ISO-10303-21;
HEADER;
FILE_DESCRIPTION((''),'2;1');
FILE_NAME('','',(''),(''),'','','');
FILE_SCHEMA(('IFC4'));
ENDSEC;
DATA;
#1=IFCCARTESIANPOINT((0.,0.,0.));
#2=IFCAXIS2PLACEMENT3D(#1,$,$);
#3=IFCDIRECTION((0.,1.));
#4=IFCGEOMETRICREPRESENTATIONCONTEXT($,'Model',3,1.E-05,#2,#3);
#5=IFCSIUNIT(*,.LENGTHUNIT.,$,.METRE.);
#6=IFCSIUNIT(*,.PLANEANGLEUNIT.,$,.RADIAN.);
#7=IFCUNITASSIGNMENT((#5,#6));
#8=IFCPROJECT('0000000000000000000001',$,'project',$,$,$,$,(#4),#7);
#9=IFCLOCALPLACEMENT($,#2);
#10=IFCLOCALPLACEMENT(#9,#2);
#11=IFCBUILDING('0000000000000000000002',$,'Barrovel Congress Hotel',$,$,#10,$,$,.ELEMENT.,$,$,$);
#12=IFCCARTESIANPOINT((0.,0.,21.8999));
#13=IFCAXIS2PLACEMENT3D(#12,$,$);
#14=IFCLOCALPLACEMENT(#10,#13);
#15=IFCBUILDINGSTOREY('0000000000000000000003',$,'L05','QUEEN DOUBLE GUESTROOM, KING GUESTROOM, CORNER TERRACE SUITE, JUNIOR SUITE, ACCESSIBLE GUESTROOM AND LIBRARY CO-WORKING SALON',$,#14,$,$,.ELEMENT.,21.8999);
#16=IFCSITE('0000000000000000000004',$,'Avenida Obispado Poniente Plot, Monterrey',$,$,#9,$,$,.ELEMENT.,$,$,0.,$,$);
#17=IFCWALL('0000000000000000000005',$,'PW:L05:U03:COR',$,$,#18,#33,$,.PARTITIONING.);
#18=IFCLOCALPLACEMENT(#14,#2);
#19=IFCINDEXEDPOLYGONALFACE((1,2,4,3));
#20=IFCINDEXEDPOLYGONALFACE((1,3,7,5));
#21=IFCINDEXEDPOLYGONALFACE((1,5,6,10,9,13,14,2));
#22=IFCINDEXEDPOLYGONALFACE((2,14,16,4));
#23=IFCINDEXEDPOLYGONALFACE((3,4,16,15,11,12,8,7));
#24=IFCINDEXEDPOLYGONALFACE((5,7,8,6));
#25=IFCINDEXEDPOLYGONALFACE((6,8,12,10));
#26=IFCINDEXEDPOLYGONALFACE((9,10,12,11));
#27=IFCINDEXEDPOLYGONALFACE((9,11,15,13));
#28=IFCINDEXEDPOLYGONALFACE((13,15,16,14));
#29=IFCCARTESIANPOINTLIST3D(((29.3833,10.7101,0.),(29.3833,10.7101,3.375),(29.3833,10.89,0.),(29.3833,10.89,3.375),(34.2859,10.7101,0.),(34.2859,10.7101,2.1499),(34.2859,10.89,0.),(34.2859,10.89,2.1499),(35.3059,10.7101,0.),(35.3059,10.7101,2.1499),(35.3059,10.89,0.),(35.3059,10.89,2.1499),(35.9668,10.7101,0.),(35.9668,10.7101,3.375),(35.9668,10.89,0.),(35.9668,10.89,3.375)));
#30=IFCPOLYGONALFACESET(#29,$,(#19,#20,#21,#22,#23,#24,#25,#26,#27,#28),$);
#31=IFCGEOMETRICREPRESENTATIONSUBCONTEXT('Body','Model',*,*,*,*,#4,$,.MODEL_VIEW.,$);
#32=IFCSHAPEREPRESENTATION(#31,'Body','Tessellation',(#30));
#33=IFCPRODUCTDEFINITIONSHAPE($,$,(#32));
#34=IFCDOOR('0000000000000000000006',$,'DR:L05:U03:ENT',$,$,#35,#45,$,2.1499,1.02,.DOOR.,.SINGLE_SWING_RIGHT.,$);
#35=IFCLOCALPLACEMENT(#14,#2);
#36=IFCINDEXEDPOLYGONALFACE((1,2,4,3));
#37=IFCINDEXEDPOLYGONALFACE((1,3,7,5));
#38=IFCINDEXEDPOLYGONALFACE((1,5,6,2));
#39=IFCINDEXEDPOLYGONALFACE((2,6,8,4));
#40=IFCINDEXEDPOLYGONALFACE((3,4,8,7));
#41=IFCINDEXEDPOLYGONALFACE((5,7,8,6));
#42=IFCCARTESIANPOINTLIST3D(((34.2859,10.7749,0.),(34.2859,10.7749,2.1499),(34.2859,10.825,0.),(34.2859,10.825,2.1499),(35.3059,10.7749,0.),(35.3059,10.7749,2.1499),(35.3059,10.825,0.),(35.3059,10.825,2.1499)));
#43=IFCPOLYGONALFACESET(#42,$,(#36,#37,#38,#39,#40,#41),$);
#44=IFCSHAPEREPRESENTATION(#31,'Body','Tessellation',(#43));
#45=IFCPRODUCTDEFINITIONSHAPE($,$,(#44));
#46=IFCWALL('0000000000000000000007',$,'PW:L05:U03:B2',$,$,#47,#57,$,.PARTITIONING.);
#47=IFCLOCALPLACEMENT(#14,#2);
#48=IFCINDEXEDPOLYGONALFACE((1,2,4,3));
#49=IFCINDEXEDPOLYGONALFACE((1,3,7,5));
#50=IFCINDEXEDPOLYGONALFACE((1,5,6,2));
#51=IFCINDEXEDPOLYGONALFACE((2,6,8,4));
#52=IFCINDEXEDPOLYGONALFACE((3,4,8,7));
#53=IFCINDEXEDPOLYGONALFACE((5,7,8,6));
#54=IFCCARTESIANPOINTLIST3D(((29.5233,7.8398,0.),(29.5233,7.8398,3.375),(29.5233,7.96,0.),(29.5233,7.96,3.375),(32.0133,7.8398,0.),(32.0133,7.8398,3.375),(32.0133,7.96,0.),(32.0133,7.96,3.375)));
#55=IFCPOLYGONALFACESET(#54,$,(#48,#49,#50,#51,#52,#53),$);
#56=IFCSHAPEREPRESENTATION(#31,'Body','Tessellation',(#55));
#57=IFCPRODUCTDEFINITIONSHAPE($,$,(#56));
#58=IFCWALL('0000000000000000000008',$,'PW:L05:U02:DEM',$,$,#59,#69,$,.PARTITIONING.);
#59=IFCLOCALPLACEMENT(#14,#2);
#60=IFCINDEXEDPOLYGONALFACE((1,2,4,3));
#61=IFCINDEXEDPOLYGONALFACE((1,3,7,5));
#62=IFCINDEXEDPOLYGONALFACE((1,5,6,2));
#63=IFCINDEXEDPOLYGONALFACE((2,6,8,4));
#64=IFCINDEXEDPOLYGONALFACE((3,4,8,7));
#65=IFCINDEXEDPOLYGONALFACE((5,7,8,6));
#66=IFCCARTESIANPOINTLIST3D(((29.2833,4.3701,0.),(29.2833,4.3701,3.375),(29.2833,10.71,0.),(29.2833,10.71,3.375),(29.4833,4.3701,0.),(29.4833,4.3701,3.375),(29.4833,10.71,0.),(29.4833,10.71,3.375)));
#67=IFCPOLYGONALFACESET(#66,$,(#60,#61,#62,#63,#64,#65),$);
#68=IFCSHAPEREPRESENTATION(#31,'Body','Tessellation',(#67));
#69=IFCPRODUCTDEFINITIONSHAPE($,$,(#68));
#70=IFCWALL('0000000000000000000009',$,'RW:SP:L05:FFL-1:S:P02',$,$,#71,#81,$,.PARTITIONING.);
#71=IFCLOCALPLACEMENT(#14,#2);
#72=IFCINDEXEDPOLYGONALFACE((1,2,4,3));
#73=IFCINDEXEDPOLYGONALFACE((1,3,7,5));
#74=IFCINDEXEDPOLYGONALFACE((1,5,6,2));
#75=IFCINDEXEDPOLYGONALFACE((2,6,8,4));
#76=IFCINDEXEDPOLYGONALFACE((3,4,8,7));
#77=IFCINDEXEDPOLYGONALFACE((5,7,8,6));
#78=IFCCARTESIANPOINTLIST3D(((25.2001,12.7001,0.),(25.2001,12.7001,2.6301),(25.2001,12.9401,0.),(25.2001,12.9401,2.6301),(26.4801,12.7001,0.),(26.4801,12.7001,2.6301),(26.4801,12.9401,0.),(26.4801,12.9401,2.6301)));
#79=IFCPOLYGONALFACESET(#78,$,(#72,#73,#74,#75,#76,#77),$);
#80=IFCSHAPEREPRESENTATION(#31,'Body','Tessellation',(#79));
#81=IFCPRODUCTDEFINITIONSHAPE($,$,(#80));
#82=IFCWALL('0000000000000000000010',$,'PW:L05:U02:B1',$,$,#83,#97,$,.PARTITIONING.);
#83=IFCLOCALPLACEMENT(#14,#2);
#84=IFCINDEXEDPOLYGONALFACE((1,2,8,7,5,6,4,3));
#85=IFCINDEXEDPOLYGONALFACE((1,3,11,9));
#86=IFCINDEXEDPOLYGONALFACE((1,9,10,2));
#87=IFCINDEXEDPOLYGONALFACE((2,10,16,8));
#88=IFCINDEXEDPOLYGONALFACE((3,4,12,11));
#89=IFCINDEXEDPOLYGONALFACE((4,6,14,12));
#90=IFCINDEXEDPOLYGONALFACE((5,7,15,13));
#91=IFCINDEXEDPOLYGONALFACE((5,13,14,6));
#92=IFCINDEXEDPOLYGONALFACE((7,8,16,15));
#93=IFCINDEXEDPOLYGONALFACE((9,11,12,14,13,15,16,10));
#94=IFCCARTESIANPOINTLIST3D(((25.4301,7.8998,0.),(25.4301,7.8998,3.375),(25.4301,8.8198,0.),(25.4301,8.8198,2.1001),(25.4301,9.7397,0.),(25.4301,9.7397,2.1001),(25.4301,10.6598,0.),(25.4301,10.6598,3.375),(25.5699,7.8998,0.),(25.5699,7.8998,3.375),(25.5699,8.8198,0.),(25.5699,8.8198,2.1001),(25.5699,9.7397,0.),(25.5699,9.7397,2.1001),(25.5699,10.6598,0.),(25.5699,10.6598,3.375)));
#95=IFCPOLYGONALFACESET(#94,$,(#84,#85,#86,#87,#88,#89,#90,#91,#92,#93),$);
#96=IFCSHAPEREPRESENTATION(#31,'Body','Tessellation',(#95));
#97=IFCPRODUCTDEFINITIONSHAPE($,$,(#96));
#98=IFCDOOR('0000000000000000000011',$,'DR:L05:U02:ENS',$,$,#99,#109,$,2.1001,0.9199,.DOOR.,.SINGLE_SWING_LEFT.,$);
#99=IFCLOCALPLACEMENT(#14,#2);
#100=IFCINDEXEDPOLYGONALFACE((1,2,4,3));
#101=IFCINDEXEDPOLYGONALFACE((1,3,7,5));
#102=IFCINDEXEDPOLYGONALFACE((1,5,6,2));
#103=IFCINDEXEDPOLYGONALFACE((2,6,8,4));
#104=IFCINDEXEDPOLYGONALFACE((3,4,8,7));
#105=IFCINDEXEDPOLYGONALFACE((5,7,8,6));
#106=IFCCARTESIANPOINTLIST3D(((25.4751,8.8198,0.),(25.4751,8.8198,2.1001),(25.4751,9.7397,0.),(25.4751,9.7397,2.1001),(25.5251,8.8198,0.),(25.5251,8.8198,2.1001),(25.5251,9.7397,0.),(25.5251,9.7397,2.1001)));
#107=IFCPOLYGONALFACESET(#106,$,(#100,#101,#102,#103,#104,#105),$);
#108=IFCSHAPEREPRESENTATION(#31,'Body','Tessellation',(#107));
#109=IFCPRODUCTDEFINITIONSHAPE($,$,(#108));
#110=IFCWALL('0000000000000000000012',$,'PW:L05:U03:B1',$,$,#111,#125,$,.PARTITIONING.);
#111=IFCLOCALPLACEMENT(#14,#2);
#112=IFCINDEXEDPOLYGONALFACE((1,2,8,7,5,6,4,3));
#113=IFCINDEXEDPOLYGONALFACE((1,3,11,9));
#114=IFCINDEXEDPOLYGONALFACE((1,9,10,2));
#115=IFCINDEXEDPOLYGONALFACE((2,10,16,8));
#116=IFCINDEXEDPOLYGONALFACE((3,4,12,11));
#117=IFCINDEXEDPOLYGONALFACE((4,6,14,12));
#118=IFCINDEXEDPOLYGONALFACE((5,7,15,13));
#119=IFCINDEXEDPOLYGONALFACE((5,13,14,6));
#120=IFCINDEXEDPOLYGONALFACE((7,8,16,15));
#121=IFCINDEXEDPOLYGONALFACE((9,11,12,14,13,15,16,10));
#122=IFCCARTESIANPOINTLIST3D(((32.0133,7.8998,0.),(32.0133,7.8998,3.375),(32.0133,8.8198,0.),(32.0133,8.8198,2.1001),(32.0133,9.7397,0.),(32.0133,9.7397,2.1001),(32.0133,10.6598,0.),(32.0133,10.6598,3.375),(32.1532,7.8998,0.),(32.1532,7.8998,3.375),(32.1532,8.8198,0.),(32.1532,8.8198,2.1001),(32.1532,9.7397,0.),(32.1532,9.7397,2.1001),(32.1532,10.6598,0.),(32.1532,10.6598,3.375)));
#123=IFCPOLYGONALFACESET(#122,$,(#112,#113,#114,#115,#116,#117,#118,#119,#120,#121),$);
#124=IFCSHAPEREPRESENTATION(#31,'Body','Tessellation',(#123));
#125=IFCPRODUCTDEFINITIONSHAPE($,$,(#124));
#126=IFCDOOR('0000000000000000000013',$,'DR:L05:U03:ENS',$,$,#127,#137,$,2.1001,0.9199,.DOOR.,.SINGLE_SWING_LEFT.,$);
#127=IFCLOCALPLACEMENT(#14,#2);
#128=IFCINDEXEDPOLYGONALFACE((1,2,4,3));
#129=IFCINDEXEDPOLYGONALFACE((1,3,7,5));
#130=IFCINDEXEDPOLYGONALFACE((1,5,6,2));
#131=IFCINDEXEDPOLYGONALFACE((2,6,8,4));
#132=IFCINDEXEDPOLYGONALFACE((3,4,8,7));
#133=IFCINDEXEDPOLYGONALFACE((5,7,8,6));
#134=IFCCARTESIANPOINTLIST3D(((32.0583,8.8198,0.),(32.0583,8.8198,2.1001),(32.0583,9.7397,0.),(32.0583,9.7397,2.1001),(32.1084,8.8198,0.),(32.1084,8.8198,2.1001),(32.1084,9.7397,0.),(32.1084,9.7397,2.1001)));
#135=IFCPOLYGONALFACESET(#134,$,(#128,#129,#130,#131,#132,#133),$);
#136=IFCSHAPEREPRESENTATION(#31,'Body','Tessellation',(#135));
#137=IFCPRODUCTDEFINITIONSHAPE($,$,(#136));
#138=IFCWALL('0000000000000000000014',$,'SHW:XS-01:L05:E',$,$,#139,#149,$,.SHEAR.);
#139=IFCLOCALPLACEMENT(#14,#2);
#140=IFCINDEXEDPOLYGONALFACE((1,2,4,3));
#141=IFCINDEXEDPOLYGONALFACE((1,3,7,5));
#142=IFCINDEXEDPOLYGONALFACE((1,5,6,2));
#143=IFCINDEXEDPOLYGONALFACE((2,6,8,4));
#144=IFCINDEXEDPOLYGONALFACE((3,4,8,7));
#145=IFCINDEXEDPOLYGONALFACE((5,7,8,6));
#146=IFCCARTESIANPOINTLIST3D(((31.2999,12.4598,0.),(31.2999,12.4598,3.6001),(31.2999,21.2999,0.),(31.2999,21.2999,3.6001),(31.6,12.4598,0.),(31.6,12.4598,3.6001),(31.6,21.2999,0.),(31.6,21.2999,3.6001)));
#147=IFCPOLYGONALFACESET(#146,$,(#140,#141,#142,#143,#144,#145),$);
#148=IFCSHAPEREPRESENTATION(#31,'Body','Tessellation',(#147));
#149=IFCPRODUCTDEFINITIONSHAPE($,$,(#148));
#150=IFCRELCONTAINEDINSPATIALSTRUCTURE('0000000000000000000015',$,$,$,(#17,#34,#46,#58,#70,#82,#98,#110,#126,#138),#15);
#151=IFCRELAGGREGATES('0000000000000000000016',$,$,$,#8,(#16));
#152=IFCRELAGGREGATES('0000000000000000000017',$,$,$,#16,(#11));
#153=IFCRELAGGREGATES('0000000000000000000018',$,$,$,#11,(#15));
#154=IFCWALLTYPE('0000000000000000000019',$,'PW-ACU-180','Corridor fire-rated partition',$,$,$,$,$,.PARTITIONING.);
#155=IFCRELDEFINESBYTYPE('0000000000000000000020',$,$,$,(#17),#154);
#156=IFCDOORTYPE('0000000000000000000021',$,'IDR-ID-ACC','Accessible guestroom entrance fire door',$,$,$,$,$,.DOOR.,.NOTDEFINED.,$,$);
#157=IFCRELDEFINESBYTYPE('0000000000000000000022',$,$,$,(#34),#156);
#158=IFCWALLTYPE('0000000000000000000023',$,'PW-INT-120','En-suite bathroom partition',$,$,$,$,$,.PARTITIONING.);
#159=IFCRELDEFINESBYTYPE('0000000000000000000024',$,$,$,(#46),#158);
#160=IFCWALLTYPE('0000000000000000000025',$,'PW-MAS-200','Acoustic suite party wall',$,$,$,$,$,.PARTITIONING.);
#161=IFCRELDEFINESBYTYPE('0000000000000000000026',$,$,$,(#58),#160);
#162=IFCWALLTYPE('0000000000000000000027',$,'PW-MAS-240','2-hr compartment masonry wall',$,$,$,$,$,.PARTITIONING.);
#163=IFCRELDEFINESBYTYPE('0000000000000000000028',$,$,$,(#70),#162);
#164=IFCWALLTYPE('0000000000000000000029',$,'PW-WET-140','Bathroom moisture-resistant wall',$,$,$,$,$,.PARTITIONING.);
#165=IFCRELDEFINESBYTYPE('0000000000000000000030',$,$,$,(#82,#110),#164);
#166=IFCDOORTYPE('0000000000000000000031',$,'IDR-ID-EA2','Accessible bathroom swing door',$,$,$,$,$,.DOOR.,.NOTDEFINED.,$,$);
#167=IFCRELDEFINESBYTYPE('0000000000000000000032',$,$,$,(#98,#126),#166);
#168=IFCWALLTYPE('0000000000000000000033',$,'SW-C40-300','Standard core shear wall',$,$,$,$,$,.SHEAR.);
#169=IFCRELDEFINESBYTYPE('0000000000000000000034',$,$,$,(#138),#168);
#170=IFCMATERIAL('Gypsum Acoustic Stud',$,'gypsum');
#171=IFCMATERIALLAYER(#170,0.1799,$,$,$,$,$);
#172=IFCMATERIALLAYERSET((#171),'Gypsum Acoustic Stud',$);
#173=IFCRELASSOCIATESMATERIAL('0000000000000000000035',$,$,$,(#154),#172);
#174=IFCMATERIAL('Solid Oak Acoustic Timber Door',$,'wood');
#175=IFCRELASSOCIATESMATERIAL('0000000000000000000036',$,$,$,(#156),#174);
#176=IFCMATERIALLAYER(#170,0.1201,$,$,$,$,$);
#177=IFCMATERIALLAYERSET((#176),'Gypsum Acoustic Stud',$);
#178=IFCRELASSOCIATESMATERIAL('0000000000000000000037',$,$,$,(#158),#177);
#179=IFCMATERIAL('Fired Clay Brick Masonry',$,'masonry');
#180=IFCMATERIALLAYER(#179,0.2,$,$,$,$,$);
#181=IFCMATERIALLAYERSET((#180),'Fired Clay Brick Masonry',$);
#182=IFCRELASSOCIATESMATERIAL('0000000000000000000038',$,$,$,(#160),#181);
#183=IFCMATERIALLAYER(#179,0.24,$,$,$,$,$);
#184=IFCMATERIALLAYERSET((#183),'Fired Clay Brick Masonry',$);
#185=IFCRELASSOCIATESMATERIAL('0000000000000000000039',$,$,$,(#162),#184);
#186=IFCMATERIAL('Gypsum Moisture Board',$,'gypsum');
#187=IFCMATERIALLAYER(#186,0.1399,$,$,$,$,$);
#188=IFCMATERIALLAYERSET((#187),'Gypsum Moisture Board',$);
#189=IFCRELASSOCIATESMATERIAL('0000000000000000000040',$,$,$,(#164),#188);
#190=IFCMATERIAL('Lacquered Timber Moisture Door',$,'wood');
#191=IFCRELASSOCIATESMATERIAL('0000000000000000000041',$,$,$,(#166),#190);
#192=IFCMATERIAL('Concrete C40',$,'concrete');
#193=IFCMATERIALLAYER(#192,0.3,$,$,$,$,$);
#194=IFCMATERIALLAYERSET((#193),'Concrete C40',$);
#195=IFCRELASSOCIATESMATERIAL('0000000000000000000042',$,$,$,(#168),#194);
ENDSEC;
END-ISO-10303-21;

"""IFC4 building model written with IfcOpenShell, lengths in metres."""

from ifc_helpers import new_model, si_unit, direction, frame, frame_2d, origin, place, context, subcontext, project, spatial, rectangle, extrude, material, layer, layer_set, type_object, element, fill, save


model = new_model("IFC4")

# Units and contexts
model_context = context("Model", 3, precision=1e-05, world=origin(), true_north=direction((0.0, 1.0)))
body_context = subcontext(model_context, "Body", "Model", "MODEL_VIEW")
ifc_project = project(units=[si_unit("LENGTHUNIT", "METRE"), si_unit("PLANEANGLEUNIT", "RADIAN")], contexts=[model_context])

# Site, building, storey
site_placement = place(None, origin())
site = spatial("IfcSite", under=ifc_project, at=site_placement, Name="Avenida Obispado Poniente Plot, Monterrey", CompositionType="ELEMENT", RefElevation=0.0)
building_placement = place(site_placement, origin())
building = spatial("IfcBuilding", under=site, at=building_placement, Name="Barrovel Congress Hotel", CompositionType="ELEMENT")
storey_placement = place(building_placement, frame((0.0, 0.0, 21.8999)))
storey = spatial("IfcBuildingStorey", under=building, at=storey_placement, Name="L05", Description="QUEEN DOUBLE GUESTROOM, KING GUESTROOM, CORNER TERRACE SUITE, JUNIOR SUITE, ACCESSIBLE GUESTROOM AND LIBRARY CO-WORKING SALON", CompositionType="ELEMENT", Elevation=21.8999)

# Shared definitions
ifc_material_1 = material(Name="Concrete C40", Category="concrete")

# Shared definitions
ifc_material_2 = material(Name="Fired Clay Brick Masonry", Category="masonry")

# Wall, opening, door
ifc_material_3 = material(Name="Gypsum Acoustic Stud", Category="gypsum")
ifc_layer_1 = layer(ifc_material_3, 0.1799)
ifc_layer_set_1 = layer_set([ifc_layer_1], Name="Gypsum Acoustic Stud")
wall_type_1 = type_object("IfcWallType", Name="PW-ACU-180", Description="Corridor fire-rated partition", PredefinedType="PARTITIONING", material=ifc_layer_set_1)
wall_1_placement = place(storey_placement, frame((29.3833, 10.8, 0.0), z_axis=(0.0, 0.0, 1.0), x_axis=(1.0, 0.0, 0.0)))
wall_1 = element("IfcWall", 1, at=wall_1_placement, inside=storey, type_object=wall_type_1, Name="PW:L05:U03:COR", PredefinedType="PARTITIONING", context=body_context, shape_type="SweptSolid", body=[
    extrude(rectangle(XDim=6.5835, YDim=0.1799, at=frame_2d((3.2917, 0.0))), origin(), (0.0, 0.0, 1.0), 3.375),
])
opening_1_placement = place(wall_1_placement, frame((4.9026, 0.0, 0.0)))
opening_1 = element("IfcOpeningElement", 2, at=opening_1_placement, cuts=wall_1, PredefinedType="OPENING", context=body_context, shape_type="SweptSolid", body=[
    extrude(rectangle(XDim=1.02, YDim=2.1499, at=frame_2d((0.51, 1.075))), frame((0.0, 0.1001, 0.0), z_axis=(0.0, -1.0, 0.0), x_axis=(1.0, 0.0, 0.0)), (0.0, 0.0, 1.0), 0.2),
])
ifc_material_4 = material(Name="Solid Oak Acoustic Timber Door", Category="wood")
door_type_1 = type_object("IfcDoorType", Name="IDR-ID-ACC", Description="Accessible guestroom entrance fire door", OperationType="NOTDEFINED", PredefinedType="DOOR", material=ifc_material_4)
door_1_placement = place(opening_1_placement, origin())
door_1 = element("IfcDoor", 3, at=door_1_placement, inside=storey, type_object=door_type_1, Name="DR:L05:U03:ENT", OperationType="SINGLE_SWING_RIGHT", OverallHeight=2.1499, OverallWidth=1.02, PredefinedType="DOOR", context=body_context, shape_type="SweptSolid", body=[
    extrude(rectangle(XDim=1.02, YDim=2.1499, at=frame_2d((0.51, 1.075))), frame((0.0, 0.0249, 0.0), z_axis=(0.0, -1.0, 0.0), x_axis=(1.0, 0.0, 0.0)), (0.0, 0.0, 1.0), 0.05),
])
fill(opening_1, door_1)

# Walls
ifc_layer_2 = layer(ifc_material_3, 0.1201)
ifc_layer_set_2 = layer_set([ifc_layer_2], Name="Gypsum Acoustic Stud")
wall_type_2 = type_object("IfcWallType", Name="PW-INT-120", Description="En-suite bathroom partition", PredefinedType="PARTITIONING", material=ifc_layer_set_2)
wall_2_placement = place(storey_placement, frame((29.5232, 7.8999, 0.0), z_axis=(0.0, 0.0, 1.0), x_axis=(1.0, 0.0, 0.0)))
element("IfcWall", 4, at=wall_2_placement, inside=storey, type_object=wall_type_2, Name="PW:L05:U03:B2", PredefinedType="PARTITIONING", context=body_context, shape_type="SweptSolid", body=[
    extrude(rectangle(XDim=2.49, YDim=0.1201, at=frame_2d((1.2451, 0.0))), origin(), (0.0, 0.0, 1.0), 3.375),
])
ifc_layer_3 = layer(ifc_material_2, 0.2)
ifc_layer_set_3 = layer_set([ifc_layer_3], Name="Fired Clay Brick Masonry")
wall_type_3 = type_object("IfcWallType", Name="PW-MAS-200", Description="Acoustic suite party wall", PredefinedType="PARTITIONING", material=ifc_layer_set_3)
wall_3_placement = place(storey_placement, frame((29.3833, 4.3701, 0.0), z_axis=(0.0, 0.0, 1.0), x_axis=(0.0, 1.0, 0.0)))
element("IfcWall", 5, at=wall_3_placement, inside=storey, type_object=wall_type_3, Name="PW:L05:U02:DEM", PredefinedType="PARTITIONING", context=body_context, shape_type="SweptSolid", body=[
    extrude(rectangle(XDim=6.3398, YDim=0.2, at=frame_2d((3.1699, 0.0))), origin(), (0.0, 0.0, 1.0), 3.375),
])
ifc_layer_4 = layer(ifc_material_2, 0.24)
ifc_layer_set_4 = layer_set([ifc_layer_4], Name="Fired Clay Brick Masonry")
wall_type_4 = type_object("IfcWallType", Name="PW-MAS-240", Description="2-hr compartment masonry wall", PredefinedType="PARTITIONING", material=ifc_layer_set_4)
wall_4_placement = place(storey_placement, frame((25.2, 12.8201, 0.0), z_axis=(0.0, 0.0, 1.0), x_axis=(1.0, 0.0, 0.0)))
element("IfcWall", 6, at=wall_4_placement, inside=storey, type_object=wall_type_4, Name="RW:SP:L05:FFL-1:S:P02", PredefinedType="PARTITIONING", context=body_context, shape_type="SweptSolid", body=[
    extrude(rectangle(XDim=1.28, YDim=0.24, at=frame_2d((0.6401, 0.0))), origin(), (0.0, 0.0, 1.0), 2.6301),
])

# Walls, openings, doors
ifc_material_5 = material(Name="Gypsum Moisture Board", Category="gypsum")
ifc_layer_5 = layer(ifc_material_5, 0.1399)
ifc_layer_set_5 = layer_set([ifc_layer_5], Name="Gypsum Moisture Board")
wall_type_5 = type_object("IfcWallType", Name="PW-WET-140", Description="Bathroom moisture-resistant wall", PredefinedType="PARTITIONING", material=ifc_layer_set_5)
wall_5_placement = place(storey_placement, frame((25.5, 7.8999, 0.0), z_axis=(0.0, 0.0, 1.0), x_axis=(0.0, 1.0, 0.0)))
wall_5 = element("IfcWall", 7, at=wall_5_placement, inside=storey, type_object=wall_type_5, Name="PW:L05:U02:B1", PredefinedType="PARTITIONING", context=body_context, shape_type="SweptSolid", body=[
    extrude(rectangle(XDim=2.76, YDim=0.1399, at=frame_2d((1.3799, 0.0))), origin(), (0.0, 0.0, 1.0), 3.375),
])
opening_2_placement = place(wall_5_placement, frame((0.9199, 0.0, 0.0)))
opening_2 = element("IfcOpeningElement", 8, at=opening_2_placement, cuts=wall_5, PredefinedType="OPENING", context=body_context, shape_type="SweptSolid", body=[
    extrude(rectangle(XDim=0.9199, YDim=2.1001, at=frame_2d((0.46, 1.05))), frame((0.0, 0.0801, 0.0), z_axis=(0.0, -1.0, 0.0), x_axis=(1.0, 0.0, 0.0)), (0.0, 0.0, 1.0), 0.1599),
])
ifc_material_6 = material(Name="Lacquered Timber Moisture Door", Category="wood")
door_type_2 = type_object("IfcDoorType", Name="IDR-ID-EA2", Description="Accessible bathroom swing door", OperationType="NOTDEFINED", PredefinedType="DOOR", material=ifc_material_6)
door_2_placement = place(opening_2_placement, origin())
door_2 = element("IfcDoor", 9, at=door_2_placement, inside=storey, type_object=door_type_2, Name="DR:L05:U02:ENS", OperationType="SINGLE_SWING_LEFT", OverallHeight=2.1001, OverallWidth=0.9199, PredefinedType="DOOR", context=body_context, shape_type="SweptSolid", body=[
    extrude(rectangle(XDim=0.9199, YDim=2.1001, at=frame_2d((0.46, 1.05))), frame((0.0, 0.0249, 0.0), z_axis=(0.0, -1.0, 0.0), x_axis=(1.0, 0.0, 0.0)), (0.0, 0.0, 1.0), 0.05),
])
fill(opening_2, door_2)
wall_6_placement = place(storey_placement, frame((32.0833, 7.8999, 0.0), z_axis=(0.0, 0.0, 1.0), x_axis=(0.0, 1.0, 0.0)))
wall_6 = element("IfcWall", 10, at=wall_6_placement, inside=storey, type_object=wall_type_5, Name="PW:L05:U03:B1", PredefinedType="PARTITIONING", context=body_context, shape_type="SweptSolid", body=[
    extrude(rectangle(XDim=2.76, YDim=0.1399, at=frame_2d((1.3799, 0.0))), origin(), (0.0, 0.0, 1.0), 3.375),
])
opening_3_placement = place(wall_6_placement, frame((0.9199, 0.0, 0.0)))
opening_3 = element("IfcOpeningElement", 11, at=opening_3_placement, cuts=wall_6, PredefinedType="OPENING", context=body_context, shape_type="SweptSolid", body=[
    extrude(rectangle(XDim=0.9199, YDim=2.1001, at=frame_2d((0.46, 1.05))), frame((0.0, 0.0801, 0.0), z_axis=(0.0, -1.0, 0.0), x_axis=(1.0, 0.0, 0.0)), (0.0, 0.0, 1.0), 0.1599),
])
door_3_placement = place(opening_3_placement, origin())
door_3 = element("IfcDoor", 12, at=door_3_placement, inside=storey, type_object=door_type_2, Name="DR:L05:U03:ENS", OperationType="SINGLE_SWING_LEFT", OverallHeight=2.1001, OverallWidth=0.9199, PredefinedType="DOOR", context=body_context, shape_type="SweptSolid", body=[
    extrude(rectangle(XDim=0.9199, YDim=2.1001, at=frame_2d((0.46, 1.05))), frame((0.0, 0.0249, 0.0), z_axis=(0.0, -1.0, 0.0), x_axis=(1.0, 0.0, 0.0)), (0.0, 0.0, 1.0), 0.05),
])
fill(opening_3, door_3)
ifc_layer_6 = layer(ifc_material_1, 0.3)
ifc_layer_set_6 = layer_set([ifc_layer_6], Name="Concrete C40")
wall_type_6 = type_object("IfcWallType", Name="SW-C40-300", Description="Standard core shear wall", PredefinedType="SHEAR", material=ifc_layer_set_6)

# Wall
wall_7_placement = place(storey_placement, frame((31.45, 12.46, 0.0), z_axis=(0.0, 0.0, 1.0), x_axis=(0.0, 1.0, 0.0)))
element("IfcWall", 13, at=wall_7_placement, inside=storey, type_object=wall_type_6, Name="SHW:XS-01:L05:E", PredefinedType="SHEAR", context=body_context, shape_type="SweptSolid", body=[
    extrude(rectangle(XDim=8.8401, YDim=0.3, at=frame_2d((4.4199, 0.0))), origin(), (0.0, 0.0, 1.0), 3.6001),
])

save(model, "model.ifc")
